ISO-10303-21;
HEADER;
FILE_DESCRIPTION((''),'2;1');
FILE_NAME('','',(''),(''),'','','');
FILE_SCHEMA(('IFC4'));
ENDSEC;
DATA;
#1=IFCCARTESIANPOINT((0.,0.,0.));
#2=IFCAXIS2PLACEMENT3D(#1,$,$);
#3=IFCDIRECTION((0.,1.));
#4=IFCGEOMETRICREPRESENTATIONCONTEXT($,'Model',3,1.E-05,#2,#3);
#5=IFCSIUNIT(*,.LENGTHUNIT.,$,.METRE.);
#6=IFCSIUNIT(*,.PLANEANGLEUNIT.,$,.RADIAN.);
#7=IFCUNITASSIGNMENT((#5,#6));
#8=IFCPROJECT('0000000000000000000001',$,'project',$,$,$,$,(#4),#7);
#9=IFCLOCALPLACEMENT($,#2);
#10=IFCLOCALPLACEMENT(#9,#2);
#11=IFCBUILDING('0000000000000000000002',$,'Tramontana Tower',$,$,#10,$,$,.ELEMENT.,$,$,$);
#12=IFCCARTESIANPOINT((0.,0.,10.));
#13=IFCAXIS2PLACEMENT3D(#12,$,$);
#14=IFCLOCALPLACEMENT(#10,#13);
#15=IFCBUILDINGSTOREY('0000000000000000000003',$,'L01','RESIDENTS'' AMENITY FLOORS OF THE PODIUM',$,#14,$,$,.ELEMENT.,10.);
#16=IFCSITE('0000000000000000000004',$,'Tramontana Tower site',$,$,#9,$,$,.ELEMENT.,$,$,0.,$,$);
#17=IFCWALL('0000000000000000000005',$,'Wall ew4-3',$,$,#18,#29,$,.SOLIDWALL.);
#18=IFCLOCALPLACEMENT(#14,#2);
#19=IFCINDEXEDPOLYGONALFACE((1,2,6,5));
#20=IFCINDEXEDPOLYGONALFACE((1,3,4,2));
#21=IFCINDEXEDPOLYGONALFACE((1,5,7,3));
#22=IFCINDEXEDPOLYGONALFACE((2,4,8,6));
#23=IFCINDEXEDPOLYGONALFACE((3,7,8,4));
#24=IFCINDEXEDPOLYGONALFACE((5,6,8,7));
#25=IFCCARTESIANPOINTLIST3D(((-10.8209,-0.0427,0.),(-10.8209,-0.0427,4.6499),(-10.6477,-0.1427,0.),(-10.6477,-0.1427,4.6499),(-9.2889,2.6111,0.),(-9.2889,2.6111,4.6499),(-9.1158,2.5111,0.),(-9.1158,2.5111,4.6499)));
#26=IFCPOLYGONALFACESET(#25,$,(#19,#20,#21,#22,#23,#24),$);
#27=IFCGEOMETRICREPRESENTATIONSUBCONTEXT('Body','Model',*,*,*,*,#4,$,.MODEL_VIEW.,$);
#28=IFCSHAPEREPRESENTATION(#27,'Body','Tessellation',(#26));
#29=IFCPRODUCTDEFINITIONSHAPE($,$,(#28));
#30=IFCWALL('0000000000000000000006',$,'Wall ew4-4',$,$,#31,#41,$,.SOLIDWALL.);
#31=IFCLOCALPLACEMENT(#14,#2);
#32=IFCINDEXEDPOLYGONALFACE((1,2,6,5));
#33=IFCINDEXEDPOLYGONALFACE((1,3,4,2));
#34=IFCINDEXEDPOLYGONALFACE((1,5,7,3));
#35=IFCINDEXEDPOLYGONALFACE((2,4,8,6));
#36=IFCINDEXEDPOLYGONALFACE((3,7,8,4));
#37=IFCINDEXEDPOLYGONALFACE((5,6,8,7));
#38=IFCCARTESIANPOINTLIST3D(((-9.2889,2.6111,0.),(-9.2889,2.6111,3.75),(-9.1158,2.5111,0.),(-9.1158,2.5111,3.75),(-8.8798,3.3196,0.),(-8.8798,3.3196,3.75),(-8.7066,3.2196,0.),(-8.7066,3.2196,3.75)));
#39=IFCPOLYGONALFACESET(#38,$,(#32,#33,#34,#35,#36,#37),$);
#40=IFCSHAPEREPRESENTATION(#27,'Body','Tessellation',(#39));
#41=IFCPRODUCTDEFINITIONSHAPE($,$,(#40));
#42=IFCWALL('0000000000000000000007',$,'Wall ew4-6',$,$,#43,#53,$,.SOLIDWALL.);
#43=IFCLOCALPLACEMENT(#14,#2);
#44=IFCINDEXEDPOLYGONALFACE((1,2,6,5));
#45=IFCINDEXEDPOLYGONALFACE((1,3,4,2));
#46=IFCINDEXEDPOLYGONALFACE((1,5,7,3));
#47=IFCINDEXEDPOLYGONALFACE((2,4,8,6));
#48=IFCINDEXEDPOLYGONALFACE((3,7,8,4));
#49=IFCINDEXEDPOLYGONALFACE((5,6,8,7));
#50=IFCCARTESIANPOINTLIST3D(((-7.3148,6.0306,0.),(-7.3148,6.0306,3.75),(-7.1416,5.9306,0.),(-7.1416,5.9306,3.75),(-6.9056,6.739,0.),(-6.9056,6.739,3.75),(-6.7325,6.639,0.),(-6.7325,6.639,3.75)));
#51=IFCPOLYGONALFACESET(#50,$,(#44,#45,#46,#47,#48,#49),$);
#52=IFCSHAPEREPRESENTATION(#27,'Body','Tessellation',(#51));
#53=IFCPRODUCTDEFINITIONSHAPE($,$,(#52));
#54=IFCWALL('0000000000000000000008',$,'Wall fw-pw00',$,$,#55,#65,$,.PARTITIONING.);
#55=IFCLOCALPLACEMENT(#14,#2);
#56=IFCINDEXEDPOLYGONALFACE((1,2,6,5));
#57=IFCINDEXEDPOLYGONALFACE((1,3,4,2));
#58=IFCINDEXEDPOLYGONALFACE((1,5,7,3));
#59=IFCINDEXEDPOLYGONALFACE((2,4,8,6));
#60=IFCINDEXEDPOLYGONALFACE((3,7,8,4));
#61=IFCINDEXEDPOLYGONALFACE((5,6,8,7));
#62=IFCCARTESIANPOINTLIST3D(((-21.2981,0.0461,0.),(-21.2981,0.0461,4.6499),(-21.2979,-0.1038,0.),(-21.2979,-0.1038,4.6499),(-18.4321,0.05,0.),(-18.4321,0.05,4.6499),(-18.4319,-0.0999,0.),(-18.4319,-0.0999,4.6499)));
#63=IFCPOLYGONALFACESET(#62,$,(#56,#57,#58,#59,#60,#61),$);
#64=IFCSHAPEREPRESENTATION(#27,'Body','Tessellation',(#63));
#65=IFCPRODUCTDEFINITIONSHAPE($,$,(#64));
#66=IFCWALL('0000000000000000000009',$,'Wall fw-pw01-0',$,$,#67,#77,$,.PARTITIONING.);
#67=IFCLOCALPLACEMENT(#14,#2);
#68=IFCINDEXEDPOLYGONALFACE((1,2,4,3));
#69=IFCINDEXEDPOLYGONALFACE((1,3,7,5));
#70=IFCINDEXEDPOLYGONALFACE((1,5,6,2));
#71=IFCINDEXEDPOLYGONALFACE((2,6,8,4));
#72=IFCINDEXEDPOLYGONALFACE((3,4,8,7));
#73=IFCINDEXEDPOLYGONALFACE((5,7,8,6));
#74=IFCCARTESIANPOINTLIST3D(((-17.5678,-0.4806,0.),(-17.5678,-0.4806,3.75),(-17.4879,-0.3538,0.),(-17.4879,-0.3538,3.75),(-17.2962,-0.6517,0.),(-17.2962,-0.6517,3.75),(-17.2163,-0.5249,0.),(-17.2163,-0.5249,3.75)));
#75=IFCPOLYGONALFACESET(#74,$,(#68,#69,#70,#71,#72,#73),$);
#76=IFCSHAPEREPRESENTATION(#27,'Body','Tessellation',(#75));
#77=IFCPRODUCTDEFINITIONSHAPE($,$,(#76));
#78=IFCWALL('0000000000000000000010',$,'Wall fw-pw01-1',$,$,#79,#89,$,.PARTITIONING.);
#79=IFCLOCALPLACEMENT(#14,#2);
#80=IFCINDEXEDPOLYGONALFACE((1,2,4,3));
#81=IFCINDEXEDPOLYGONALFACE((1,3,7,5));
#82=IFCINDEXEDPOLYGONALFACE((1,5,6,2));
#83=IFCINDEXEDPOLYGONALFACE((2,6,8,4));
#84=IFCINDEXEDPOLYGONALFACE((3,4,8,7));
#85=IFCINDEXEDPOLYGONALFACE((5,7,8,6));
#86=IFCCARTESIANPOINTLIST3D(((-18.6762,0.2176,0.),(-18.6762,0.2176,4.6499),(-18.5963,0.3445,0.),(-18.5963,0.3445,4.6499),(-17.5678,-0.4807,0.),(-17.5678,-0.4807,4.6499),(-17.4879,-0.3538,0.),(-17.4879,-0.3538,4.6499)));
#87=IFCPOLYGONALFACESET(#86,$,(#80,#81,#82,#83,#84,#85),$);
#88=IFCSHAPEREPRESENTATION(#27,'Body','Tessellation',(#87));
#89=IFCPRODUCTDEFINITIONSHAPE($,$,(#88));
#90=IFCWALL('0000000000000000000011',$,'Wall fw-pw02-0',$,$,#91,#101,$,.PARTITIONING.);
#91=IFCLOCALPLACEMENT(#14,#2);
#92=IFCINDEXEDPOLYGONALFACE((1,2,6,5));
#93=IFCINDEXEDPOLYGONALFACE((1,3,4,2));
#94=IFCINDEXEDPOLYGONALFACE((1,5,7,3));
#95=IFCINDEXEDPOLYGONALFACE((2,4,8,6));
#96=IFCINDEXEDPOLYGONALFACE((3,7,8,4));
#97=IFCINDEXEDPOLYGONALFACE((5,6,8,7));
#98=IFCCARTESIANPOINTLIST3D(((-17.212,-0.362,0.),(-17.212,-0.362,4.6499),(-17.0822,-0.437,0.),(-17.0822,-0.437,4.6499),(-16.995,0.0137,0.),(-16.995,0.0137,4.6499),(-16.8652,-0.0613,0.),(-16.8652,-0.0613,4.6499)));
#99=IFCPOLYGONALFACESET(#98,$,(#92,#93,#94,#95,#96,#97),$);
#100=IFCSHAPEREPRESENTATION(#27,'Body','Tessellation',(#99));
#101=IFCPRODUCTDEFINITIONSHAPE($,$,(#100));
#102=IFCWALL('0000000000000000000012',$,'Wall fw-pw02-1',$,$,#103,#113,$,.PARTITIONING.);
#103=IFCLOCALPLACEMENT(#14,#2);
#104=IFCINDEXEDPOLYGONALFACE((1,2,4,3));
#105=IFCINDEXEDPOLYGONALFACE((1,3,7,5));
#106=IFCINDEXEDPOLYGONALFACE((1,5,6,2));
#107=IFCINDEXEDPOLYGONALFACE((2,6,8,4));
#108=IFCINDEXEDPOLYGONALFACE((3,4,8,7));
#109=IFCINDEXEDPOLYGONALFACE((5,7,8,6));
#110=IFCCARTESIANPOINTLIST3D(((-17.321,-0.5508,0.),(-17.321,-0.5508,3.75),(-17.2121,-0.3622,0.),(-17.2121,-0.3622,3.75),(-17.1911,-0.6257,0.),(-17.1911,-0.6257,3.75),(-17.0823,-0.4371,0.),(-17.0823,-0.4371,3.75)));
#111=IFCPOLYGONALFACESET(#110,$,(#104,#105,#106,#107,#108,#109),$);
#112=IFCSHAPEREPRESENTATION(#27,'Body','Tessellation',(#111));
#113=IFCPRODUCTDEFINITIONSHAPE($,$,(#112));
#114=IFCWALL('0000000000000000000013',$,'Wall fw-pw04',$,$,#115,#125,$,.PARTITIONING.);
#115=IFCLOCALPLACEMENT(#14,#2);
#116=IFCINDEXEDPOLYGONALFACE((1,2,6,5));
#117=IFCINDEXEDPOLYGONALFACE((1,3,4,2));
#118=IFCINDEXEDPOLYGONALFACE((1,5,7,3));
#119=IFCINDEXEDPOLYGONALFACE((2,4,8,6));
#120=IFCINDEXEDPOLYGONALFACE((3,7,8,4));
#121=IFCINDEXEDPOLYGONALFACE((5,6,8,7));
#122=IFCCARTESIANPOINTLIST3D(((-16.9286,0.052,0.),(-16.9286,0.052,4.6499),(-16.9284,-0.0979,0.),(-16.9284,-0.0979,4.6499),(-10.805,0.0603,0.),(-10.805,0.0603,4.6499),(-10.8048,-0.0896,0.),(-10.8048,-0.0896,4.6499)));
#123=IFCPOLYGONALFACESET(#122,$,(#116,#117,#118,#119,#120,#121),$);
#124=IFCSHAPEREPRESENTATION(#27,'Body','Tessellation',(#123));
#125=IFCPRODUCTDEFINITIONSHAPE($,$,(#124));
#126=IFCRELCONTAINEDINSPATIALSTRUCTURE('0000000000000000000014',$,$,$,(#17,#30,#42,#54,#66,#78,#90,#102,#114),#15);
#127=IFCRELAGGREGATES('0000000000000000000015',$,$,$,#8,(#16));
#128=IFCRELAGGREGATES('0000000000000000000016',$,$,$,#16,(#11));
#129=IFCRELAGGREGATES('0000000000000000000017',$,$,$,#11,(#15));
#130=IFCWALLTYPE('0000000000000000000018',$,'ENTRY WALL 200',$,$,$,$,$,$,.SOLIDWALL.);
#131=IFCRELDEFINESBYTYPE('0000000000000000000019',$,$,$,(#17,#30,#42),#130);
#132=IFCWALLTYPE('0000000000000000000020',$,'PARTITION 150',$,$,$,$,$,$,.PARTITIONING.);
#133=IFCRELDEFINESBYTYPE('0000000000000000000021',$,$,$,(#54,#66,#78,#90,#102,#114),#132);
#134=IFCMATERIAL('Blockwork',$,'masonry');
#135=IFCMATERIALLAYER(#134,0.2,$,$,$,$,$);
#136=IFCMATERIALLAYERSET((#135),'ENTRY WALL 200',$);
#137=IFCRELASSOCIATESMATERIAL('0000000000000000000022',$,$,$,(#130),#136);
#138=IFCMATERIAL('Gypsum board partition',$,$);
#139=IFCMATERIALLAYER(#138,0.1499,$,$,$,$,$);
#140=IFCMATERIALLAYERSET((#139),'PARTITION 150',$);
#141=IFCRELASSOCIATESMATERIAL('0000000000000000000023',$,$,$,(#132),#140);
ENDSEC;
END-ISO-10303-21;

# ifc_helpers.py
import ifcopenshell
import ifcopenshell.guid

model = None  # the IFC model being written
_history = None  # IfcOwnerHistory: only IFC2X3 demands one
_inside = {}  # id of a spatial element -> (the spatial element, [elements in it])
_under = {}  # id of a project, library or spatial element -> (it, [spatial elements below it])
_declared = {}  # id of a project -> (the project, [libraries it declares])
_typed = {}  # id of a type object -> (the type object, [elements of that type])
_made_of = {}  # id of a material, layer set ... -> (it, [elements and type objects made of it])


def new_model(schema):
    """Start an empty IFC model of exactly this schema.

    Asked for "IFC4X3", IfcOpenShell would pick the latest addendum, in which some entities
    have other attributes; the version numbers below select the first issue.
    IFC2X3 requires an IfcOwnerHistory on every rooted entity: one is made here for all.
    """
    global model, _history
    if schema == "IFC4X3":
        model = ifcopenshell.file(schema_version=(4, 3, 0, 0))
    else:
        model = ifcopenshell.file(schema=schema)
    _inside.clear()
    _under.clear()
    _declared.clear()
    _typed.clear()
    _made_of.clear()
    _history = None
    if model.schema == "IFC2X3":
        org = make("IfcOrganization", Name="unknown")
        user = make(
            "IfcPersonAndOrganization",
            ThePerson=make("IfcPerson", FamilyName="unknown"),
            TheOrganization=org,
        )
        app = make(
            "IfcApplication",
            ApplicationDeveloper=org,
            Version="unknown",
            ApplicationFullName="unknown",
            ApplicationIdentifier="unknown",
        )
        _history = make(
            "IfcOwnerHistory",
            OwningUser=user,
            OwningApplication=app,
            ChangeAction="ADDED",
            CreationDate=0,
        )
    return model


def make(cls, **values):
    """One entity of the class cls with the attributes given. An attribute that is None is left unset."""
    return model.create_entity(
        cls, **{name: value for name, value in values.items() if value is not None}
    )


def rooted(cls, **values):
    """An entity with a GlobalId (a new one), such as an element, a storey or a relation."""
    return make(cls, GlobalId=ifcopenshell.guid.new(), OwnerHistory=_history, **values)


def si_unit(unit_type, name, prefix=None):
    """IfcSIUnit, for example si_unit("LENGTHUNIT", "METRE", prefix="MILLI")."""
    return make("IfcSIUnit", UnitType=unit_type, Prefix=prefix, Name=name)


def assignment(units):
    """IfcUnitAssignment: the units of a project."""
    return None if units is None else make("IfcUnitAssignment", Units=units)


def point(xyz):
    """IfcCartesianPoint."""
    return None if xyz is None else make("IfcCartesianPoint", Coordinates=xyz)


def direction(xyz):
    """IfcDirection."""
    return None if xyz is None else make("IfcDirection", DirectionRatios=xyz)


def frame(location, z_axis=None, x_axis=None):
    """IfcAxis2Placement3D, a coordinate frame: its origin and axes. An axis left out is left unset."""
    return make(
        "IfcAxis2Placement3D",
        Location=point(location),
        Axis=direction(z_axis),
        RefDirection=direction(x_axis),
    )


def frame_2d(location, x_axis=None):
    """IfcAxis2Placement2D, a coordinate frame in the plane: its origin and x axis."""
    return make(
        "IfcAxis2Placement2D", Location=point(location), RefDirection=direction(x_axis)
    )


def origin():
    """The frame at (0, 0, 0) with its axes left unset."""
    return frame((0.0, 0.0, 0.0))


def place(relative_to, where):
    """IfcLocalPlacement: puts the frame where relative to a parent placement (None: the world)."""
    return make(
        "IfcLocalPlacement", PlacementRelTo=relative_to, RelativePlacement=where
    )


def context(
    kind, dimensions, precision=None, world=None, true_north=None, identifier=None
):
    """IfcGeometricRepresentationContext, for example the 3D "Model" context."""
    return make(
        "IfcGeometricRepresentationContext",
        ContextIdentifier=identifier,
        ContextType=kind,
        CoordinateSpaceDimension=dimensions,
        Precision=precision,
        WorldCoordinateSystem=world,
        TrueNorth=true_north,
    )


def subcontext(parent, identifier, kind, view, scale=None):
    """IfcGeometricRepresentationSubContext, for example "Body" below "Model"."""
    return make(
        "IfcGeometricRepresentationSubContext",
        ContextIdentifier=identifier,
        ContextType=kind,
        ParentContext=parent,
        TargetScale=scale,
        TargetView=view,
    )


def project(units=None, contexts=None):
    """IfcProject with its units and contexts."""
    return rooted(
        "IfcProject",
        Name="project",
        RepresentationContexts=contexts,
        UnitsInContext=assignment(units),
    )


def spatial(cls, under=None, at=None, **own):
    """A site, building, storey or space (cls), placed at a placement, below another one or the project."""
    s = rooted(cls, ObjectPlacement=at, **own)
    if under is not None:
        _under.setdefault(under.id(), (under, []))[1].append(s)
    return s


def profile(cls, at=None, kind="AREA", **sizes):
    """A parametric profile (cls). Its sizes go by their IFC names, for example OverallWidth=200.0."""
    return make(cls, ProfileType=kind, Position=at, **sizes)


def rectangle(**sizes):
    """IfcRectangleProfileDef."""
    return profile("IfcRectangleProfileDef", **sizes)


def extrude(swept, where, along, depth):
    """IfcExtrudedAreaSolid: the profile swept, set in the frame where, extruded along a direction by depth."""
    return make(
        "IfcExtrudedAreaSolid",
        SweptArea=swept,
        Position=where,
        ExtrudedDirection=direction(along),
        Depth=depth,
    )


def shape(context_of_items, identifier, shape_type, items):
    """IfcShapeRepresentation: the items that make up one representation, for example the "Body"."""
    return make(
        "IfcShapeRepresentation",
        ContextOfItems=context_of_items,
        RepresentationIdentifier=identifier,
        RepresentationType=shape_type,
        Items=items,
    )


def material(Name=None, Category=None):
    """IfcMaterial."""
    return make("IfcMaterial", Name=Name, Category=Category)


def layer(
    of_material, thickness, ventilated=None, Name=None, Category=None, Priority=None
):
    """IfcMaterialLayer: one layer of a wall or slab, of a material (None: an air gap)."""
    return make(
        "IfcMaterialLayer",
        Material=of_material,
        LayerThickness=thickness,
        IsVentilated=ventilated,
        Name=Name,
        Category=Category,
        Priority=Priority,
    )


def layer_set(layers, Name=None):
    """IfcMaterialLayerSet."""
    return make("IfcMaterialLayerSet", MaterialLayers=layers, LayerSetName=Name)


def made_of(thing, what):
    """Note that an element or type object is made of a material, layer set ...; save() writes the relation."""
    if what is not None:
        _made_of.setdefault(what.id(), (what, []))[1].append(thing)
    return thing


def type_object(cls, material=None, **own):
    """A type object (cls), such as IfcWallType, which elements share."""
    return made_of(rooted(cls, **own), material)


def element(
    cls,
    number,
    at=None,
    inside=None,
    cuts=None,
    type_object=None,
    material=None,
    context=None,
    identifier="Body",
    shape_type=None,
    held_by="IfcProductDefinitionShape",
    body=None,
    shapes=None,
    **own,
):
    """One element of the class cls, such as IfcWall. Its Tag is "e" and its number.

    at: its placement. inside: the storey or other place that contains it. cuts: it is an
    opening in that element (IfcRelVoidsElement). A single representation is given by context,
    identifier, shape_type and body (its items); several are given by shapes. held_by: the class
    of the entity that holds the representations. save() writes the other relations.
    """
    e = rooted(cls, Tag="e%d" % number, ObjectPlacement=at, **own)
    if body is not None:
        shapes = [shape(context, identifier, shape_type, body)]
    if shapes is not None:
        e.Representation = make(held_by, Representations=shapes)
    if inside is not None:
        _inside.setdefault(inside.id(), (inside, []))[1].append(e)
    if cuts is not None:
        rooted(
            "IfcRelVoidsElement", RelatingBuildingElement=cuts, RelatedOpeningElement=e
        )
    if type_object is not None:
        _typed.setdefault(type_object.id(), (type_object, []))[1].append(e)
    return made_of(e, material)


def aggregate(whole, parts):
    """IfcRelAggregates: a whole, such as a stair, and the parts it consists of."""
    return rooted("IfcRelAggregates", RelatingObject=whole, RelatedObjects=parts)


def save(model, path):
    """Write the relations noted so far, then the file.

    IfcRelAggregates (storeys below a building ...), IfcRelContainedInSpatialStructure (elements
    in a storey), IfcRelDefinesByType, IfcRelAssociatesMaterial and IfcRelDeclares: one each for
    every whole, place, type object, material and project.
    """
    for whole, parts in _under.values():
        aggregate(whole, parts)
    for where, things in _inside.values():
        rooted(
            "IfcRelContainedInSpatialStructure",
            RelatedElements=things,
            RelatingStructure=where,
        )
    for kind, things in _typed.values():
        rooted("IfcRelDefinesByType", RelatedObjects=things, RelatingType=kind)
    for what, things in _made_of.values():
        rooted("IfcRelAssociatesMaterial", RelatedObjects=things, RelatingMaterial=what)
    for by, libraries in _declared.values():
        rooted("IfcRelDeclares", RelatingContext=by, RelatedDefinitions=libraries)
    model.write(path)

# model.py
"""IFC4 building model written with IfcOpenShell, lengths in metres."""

from ifc_helpers import new_model, si_unit, direction, frame, frame_2d, origin, place, context, subcontext, project, spatial, rectangle, extrude, material, layer, layer_set, type_object, element, save


model = new_model("IFC4")

# Units and contexts
model_context = context("Model", 3, precision=1e-05, world=origin(), true_north=direction((0.0, 1.0)))
body_context = subcontext(model_context, "Body", "Model", "MODEL_VIEW")
ifc_project = project(units=[si_unit("LENGTHUNIT", "METRE"), si_unit("PLANEANGLEUNIT", "RADIAN")], contexts=[model_context])

# Site, building, storey
site_placement = place(None, origin())
site = spatial("IfcSite", under=ifc_project, at=site_placement, Name="Tramontana Tower site", CompositionType="ELEMENT", RefElevation=0.0)
building_placement = place(site_placement, origin())
building = spatial("IfcBuilding", under=site, at=building_placement, Name="Tramontana Tower", CompositionType="ELEMENT")
storey_placement = place(building_placement, frame((0.0, 0.0, 10.0)))
storey = spatial("IfcBuildingStorey", under=building, at=storey_placement, Name="L01", Description="RESIDENTS' AMENITY FLOORS OF THE PODIUM", CompositionType="ELEMENT", Elevation=10.0)

# Walls
ifc_material_1 = material(Name="Blockwork", Category="masonry")
ifc_layer_1 = layer(ifc_material_1, 0.2)
ifc_layer_set_1 = layer_set([ifc_layer_1], Name="ENTRY WALL 200")
wall_type_1 = type_object("IfcWallType", Name="ENTRY WALL 200", PredefinedType="SOLIDWALL", material=ifc_layer_set_1)
wall_1_placement = place(storey_placement, frame((-10.7344, -0.0928, 0.0), z_axis=(0.0, 0.0, 1.0), x_axis=(0.499952, 0.866053, 0.0)))
element("IfcWall", 1, at=wall_1_placement, inside=storey, type_object=wall_type_1, Name="Wall ew4-3", PredefinedType="SOLIDWALL", context=body_context, shape_type="SweptSolid", body=[
    extrude(rectangle(XDim=3.0642, YDim=0.2, at=frame_2d((1.5322, 0.0))), origin(), (0.0, 0.0, 1.0), 4.6499),
])
wall_2_placement = place(storey_placement, frame((-9.2024, 2.561, 0.0), z_axis=(0.0, 0.0, 1.0), x_axis=(0.500119, 0.865957, 0.0)))
element("IfcWall", 2, at=wall_2_placement, inside=storey, type_object=wall_type_1, Name="Wall ew4-4", PredefinedType="SOLIDWALL", context=body_context, shape_type="SweptSolid", body=[
    extrude(rectangle(XDim=0.8181, YDim=0.2, at=frame_2d((0.4092, 0.0))), origin(), (0.0, 0.0, 1.0), 3.75),
])

# Walls
wall_3_placement = place(storey_placement, frame((-7.2283, 5.9805, 0.0), z_axis=(0.0, 0.0, 1.0), x_axis=(0.500119, 0.865957, 0.0)))
element("IfcWall", 3, at=wall_3_placement, inside=storey, type_object=wall_type_1, Name="Wall ew4-6", PredefinedType="SOLIDWALL", context=body_context, shape_type="SweptSolid", body=[
    extrude(rectangle(XDim=0.8181, YDim=0.2, at=frame_2d((0.4092, 0.0))), origin(), (0.0, 0.0, 1.0), 3.75),
])
ifc_material_2 = material(Name="Gypsum board partition")
ifc_layer_2 = layer(ifc_material_2, 0.1499)
ifc_layer_set_2 = layer_set([ifc_layer_2], Name="PARTITION 150")
wall_type_2 = type_object("IfcWallType", Name="PARTITION 150", PredefinedType="PARTITIONING", material=ifc_layer_set_2)
wall_4_placement = place(storey_placement, frame((-18.4319, -0.0249, 0.0), z_axis=(0.0, 0.0, 1.0), x_axis=(-0.999999, -0.001363, 0.0)))
element("IfcWall", 4, at=wall_4_placement, inside=storey, type_object=wall_type_2, Name="Wall fw-pw00", PredefinedType="PARTITIONING", context=body_context, shape_type="SweptSolid", body=[
    extrude(rectangle(XDim=2.866, YDim=0.1499, at=frame_2d((1.4331, 0.0))), origin(), (0.0, 0.0, 1.0), 4.6499),
])
wall_5_placement = place(storey_placement, frame((-17.2561, -0.5884, 0.0), z_axis=(0.0, 0.0, 1.0), x_axis=(-0.846157, 0.532934, 0.0)))
element("IfcWall", 5, at=wall_5_placement, inside=storey, type_object=wall_type_2, Name="Wall fw-pw01-0", PredefinedType="PARTITIONING", context=body_context, shape_type="SweptSolid", body=[
    extrude(rectangle(XDim=0.321, YDim=0.1499, at=frame_2d((0.1606, 0.0))), origin(), (0.0, 0.0, 1.0), 3.75),
])
wall_6_placement = place(storey_placement, frame((-17.5278, -0.4172, 0.0), z_axis=(0.0, 0.0, 1.0), x_axis=(-0.846108, 0.533011, 0.0)))
element("IfcWall", 6, at=wall_6_placement, inside=storey, type_object=wall_type_2, Name="Wall fw-pw01-1", PredefinedType="PARTITIONING", context=body_context, shape_type="SweptSolid", body=[
    extrude(rectangle(XDim=1.3101, YDim=0.1499, at=frame_2d((0.655, 0.0))), origin(), (0.0, 0.0, 1.0), 4.6499),
])
wall_7_placement = place(storey_placement, frame((-16.9302, -0.0239, 0.0), z_axis=(0.0, 0.0, 1.0), x_axis=(-0.500193, -0.865914, 0.0)))
element("IfcWall", 7, at=wall_7_placement, inside=storey, type_object=wall_type_2, Name="Wall fw-pw02-0", PredefinedType="PARTITIONING", context=body_context, shape_type="SweptSolid", body=[
    extrude(rectangle(XDim=0.4338, YDim=0.1499, at=frame_2d((0.2168, 0.0))), origin(), (0.0, 0.0, 1.0), 4.6499),
])
wall_8_placement = place(storey_placement, frame((-17.1472, -0.3997, 0.0), z_axis=(0.0, 0.0, 1.0), x_axis=(-0.499755, -0.866167, 0.0)))
element("IfcWall", 8, at=wall_8_placement, inside=storey, type_object=wall_type_2, Name="Wall fw-pw02-1", PredefinedType="PARTITIONING", context=body_context, shape_type="SweptSolid", body=[
    extrude(rectangle(XDim=0.2178, YDim=0.1499, at=frame_2d((0.1089, 0.0))), origin(), (0.0, 0.0, 1.0), 3.75),
])
wall_9_placement = place(storey_placement, frame((-10.8049, -0.0146, 0.0), z_axis=(0.0, 0.0, 1.0), x_axis=(-0.999999, -0.001356, 0.0)))
element("IfcWall", 9, at=wall_9_placement, inside=storey, type_object=wall_type_2, Name="Wall fw-pw04", PredefinedType="PARTITIONING", context=body_context, shape_type="SweptSolid", body=[
    extrude(rectangle(XDim=6.1235, YDim=0.1499, at=frame_2d((3.0618, 0.0))), origin(), (0.0, 0.0, 1.0), 4.6499),
])

save(model, "model.ifc")
